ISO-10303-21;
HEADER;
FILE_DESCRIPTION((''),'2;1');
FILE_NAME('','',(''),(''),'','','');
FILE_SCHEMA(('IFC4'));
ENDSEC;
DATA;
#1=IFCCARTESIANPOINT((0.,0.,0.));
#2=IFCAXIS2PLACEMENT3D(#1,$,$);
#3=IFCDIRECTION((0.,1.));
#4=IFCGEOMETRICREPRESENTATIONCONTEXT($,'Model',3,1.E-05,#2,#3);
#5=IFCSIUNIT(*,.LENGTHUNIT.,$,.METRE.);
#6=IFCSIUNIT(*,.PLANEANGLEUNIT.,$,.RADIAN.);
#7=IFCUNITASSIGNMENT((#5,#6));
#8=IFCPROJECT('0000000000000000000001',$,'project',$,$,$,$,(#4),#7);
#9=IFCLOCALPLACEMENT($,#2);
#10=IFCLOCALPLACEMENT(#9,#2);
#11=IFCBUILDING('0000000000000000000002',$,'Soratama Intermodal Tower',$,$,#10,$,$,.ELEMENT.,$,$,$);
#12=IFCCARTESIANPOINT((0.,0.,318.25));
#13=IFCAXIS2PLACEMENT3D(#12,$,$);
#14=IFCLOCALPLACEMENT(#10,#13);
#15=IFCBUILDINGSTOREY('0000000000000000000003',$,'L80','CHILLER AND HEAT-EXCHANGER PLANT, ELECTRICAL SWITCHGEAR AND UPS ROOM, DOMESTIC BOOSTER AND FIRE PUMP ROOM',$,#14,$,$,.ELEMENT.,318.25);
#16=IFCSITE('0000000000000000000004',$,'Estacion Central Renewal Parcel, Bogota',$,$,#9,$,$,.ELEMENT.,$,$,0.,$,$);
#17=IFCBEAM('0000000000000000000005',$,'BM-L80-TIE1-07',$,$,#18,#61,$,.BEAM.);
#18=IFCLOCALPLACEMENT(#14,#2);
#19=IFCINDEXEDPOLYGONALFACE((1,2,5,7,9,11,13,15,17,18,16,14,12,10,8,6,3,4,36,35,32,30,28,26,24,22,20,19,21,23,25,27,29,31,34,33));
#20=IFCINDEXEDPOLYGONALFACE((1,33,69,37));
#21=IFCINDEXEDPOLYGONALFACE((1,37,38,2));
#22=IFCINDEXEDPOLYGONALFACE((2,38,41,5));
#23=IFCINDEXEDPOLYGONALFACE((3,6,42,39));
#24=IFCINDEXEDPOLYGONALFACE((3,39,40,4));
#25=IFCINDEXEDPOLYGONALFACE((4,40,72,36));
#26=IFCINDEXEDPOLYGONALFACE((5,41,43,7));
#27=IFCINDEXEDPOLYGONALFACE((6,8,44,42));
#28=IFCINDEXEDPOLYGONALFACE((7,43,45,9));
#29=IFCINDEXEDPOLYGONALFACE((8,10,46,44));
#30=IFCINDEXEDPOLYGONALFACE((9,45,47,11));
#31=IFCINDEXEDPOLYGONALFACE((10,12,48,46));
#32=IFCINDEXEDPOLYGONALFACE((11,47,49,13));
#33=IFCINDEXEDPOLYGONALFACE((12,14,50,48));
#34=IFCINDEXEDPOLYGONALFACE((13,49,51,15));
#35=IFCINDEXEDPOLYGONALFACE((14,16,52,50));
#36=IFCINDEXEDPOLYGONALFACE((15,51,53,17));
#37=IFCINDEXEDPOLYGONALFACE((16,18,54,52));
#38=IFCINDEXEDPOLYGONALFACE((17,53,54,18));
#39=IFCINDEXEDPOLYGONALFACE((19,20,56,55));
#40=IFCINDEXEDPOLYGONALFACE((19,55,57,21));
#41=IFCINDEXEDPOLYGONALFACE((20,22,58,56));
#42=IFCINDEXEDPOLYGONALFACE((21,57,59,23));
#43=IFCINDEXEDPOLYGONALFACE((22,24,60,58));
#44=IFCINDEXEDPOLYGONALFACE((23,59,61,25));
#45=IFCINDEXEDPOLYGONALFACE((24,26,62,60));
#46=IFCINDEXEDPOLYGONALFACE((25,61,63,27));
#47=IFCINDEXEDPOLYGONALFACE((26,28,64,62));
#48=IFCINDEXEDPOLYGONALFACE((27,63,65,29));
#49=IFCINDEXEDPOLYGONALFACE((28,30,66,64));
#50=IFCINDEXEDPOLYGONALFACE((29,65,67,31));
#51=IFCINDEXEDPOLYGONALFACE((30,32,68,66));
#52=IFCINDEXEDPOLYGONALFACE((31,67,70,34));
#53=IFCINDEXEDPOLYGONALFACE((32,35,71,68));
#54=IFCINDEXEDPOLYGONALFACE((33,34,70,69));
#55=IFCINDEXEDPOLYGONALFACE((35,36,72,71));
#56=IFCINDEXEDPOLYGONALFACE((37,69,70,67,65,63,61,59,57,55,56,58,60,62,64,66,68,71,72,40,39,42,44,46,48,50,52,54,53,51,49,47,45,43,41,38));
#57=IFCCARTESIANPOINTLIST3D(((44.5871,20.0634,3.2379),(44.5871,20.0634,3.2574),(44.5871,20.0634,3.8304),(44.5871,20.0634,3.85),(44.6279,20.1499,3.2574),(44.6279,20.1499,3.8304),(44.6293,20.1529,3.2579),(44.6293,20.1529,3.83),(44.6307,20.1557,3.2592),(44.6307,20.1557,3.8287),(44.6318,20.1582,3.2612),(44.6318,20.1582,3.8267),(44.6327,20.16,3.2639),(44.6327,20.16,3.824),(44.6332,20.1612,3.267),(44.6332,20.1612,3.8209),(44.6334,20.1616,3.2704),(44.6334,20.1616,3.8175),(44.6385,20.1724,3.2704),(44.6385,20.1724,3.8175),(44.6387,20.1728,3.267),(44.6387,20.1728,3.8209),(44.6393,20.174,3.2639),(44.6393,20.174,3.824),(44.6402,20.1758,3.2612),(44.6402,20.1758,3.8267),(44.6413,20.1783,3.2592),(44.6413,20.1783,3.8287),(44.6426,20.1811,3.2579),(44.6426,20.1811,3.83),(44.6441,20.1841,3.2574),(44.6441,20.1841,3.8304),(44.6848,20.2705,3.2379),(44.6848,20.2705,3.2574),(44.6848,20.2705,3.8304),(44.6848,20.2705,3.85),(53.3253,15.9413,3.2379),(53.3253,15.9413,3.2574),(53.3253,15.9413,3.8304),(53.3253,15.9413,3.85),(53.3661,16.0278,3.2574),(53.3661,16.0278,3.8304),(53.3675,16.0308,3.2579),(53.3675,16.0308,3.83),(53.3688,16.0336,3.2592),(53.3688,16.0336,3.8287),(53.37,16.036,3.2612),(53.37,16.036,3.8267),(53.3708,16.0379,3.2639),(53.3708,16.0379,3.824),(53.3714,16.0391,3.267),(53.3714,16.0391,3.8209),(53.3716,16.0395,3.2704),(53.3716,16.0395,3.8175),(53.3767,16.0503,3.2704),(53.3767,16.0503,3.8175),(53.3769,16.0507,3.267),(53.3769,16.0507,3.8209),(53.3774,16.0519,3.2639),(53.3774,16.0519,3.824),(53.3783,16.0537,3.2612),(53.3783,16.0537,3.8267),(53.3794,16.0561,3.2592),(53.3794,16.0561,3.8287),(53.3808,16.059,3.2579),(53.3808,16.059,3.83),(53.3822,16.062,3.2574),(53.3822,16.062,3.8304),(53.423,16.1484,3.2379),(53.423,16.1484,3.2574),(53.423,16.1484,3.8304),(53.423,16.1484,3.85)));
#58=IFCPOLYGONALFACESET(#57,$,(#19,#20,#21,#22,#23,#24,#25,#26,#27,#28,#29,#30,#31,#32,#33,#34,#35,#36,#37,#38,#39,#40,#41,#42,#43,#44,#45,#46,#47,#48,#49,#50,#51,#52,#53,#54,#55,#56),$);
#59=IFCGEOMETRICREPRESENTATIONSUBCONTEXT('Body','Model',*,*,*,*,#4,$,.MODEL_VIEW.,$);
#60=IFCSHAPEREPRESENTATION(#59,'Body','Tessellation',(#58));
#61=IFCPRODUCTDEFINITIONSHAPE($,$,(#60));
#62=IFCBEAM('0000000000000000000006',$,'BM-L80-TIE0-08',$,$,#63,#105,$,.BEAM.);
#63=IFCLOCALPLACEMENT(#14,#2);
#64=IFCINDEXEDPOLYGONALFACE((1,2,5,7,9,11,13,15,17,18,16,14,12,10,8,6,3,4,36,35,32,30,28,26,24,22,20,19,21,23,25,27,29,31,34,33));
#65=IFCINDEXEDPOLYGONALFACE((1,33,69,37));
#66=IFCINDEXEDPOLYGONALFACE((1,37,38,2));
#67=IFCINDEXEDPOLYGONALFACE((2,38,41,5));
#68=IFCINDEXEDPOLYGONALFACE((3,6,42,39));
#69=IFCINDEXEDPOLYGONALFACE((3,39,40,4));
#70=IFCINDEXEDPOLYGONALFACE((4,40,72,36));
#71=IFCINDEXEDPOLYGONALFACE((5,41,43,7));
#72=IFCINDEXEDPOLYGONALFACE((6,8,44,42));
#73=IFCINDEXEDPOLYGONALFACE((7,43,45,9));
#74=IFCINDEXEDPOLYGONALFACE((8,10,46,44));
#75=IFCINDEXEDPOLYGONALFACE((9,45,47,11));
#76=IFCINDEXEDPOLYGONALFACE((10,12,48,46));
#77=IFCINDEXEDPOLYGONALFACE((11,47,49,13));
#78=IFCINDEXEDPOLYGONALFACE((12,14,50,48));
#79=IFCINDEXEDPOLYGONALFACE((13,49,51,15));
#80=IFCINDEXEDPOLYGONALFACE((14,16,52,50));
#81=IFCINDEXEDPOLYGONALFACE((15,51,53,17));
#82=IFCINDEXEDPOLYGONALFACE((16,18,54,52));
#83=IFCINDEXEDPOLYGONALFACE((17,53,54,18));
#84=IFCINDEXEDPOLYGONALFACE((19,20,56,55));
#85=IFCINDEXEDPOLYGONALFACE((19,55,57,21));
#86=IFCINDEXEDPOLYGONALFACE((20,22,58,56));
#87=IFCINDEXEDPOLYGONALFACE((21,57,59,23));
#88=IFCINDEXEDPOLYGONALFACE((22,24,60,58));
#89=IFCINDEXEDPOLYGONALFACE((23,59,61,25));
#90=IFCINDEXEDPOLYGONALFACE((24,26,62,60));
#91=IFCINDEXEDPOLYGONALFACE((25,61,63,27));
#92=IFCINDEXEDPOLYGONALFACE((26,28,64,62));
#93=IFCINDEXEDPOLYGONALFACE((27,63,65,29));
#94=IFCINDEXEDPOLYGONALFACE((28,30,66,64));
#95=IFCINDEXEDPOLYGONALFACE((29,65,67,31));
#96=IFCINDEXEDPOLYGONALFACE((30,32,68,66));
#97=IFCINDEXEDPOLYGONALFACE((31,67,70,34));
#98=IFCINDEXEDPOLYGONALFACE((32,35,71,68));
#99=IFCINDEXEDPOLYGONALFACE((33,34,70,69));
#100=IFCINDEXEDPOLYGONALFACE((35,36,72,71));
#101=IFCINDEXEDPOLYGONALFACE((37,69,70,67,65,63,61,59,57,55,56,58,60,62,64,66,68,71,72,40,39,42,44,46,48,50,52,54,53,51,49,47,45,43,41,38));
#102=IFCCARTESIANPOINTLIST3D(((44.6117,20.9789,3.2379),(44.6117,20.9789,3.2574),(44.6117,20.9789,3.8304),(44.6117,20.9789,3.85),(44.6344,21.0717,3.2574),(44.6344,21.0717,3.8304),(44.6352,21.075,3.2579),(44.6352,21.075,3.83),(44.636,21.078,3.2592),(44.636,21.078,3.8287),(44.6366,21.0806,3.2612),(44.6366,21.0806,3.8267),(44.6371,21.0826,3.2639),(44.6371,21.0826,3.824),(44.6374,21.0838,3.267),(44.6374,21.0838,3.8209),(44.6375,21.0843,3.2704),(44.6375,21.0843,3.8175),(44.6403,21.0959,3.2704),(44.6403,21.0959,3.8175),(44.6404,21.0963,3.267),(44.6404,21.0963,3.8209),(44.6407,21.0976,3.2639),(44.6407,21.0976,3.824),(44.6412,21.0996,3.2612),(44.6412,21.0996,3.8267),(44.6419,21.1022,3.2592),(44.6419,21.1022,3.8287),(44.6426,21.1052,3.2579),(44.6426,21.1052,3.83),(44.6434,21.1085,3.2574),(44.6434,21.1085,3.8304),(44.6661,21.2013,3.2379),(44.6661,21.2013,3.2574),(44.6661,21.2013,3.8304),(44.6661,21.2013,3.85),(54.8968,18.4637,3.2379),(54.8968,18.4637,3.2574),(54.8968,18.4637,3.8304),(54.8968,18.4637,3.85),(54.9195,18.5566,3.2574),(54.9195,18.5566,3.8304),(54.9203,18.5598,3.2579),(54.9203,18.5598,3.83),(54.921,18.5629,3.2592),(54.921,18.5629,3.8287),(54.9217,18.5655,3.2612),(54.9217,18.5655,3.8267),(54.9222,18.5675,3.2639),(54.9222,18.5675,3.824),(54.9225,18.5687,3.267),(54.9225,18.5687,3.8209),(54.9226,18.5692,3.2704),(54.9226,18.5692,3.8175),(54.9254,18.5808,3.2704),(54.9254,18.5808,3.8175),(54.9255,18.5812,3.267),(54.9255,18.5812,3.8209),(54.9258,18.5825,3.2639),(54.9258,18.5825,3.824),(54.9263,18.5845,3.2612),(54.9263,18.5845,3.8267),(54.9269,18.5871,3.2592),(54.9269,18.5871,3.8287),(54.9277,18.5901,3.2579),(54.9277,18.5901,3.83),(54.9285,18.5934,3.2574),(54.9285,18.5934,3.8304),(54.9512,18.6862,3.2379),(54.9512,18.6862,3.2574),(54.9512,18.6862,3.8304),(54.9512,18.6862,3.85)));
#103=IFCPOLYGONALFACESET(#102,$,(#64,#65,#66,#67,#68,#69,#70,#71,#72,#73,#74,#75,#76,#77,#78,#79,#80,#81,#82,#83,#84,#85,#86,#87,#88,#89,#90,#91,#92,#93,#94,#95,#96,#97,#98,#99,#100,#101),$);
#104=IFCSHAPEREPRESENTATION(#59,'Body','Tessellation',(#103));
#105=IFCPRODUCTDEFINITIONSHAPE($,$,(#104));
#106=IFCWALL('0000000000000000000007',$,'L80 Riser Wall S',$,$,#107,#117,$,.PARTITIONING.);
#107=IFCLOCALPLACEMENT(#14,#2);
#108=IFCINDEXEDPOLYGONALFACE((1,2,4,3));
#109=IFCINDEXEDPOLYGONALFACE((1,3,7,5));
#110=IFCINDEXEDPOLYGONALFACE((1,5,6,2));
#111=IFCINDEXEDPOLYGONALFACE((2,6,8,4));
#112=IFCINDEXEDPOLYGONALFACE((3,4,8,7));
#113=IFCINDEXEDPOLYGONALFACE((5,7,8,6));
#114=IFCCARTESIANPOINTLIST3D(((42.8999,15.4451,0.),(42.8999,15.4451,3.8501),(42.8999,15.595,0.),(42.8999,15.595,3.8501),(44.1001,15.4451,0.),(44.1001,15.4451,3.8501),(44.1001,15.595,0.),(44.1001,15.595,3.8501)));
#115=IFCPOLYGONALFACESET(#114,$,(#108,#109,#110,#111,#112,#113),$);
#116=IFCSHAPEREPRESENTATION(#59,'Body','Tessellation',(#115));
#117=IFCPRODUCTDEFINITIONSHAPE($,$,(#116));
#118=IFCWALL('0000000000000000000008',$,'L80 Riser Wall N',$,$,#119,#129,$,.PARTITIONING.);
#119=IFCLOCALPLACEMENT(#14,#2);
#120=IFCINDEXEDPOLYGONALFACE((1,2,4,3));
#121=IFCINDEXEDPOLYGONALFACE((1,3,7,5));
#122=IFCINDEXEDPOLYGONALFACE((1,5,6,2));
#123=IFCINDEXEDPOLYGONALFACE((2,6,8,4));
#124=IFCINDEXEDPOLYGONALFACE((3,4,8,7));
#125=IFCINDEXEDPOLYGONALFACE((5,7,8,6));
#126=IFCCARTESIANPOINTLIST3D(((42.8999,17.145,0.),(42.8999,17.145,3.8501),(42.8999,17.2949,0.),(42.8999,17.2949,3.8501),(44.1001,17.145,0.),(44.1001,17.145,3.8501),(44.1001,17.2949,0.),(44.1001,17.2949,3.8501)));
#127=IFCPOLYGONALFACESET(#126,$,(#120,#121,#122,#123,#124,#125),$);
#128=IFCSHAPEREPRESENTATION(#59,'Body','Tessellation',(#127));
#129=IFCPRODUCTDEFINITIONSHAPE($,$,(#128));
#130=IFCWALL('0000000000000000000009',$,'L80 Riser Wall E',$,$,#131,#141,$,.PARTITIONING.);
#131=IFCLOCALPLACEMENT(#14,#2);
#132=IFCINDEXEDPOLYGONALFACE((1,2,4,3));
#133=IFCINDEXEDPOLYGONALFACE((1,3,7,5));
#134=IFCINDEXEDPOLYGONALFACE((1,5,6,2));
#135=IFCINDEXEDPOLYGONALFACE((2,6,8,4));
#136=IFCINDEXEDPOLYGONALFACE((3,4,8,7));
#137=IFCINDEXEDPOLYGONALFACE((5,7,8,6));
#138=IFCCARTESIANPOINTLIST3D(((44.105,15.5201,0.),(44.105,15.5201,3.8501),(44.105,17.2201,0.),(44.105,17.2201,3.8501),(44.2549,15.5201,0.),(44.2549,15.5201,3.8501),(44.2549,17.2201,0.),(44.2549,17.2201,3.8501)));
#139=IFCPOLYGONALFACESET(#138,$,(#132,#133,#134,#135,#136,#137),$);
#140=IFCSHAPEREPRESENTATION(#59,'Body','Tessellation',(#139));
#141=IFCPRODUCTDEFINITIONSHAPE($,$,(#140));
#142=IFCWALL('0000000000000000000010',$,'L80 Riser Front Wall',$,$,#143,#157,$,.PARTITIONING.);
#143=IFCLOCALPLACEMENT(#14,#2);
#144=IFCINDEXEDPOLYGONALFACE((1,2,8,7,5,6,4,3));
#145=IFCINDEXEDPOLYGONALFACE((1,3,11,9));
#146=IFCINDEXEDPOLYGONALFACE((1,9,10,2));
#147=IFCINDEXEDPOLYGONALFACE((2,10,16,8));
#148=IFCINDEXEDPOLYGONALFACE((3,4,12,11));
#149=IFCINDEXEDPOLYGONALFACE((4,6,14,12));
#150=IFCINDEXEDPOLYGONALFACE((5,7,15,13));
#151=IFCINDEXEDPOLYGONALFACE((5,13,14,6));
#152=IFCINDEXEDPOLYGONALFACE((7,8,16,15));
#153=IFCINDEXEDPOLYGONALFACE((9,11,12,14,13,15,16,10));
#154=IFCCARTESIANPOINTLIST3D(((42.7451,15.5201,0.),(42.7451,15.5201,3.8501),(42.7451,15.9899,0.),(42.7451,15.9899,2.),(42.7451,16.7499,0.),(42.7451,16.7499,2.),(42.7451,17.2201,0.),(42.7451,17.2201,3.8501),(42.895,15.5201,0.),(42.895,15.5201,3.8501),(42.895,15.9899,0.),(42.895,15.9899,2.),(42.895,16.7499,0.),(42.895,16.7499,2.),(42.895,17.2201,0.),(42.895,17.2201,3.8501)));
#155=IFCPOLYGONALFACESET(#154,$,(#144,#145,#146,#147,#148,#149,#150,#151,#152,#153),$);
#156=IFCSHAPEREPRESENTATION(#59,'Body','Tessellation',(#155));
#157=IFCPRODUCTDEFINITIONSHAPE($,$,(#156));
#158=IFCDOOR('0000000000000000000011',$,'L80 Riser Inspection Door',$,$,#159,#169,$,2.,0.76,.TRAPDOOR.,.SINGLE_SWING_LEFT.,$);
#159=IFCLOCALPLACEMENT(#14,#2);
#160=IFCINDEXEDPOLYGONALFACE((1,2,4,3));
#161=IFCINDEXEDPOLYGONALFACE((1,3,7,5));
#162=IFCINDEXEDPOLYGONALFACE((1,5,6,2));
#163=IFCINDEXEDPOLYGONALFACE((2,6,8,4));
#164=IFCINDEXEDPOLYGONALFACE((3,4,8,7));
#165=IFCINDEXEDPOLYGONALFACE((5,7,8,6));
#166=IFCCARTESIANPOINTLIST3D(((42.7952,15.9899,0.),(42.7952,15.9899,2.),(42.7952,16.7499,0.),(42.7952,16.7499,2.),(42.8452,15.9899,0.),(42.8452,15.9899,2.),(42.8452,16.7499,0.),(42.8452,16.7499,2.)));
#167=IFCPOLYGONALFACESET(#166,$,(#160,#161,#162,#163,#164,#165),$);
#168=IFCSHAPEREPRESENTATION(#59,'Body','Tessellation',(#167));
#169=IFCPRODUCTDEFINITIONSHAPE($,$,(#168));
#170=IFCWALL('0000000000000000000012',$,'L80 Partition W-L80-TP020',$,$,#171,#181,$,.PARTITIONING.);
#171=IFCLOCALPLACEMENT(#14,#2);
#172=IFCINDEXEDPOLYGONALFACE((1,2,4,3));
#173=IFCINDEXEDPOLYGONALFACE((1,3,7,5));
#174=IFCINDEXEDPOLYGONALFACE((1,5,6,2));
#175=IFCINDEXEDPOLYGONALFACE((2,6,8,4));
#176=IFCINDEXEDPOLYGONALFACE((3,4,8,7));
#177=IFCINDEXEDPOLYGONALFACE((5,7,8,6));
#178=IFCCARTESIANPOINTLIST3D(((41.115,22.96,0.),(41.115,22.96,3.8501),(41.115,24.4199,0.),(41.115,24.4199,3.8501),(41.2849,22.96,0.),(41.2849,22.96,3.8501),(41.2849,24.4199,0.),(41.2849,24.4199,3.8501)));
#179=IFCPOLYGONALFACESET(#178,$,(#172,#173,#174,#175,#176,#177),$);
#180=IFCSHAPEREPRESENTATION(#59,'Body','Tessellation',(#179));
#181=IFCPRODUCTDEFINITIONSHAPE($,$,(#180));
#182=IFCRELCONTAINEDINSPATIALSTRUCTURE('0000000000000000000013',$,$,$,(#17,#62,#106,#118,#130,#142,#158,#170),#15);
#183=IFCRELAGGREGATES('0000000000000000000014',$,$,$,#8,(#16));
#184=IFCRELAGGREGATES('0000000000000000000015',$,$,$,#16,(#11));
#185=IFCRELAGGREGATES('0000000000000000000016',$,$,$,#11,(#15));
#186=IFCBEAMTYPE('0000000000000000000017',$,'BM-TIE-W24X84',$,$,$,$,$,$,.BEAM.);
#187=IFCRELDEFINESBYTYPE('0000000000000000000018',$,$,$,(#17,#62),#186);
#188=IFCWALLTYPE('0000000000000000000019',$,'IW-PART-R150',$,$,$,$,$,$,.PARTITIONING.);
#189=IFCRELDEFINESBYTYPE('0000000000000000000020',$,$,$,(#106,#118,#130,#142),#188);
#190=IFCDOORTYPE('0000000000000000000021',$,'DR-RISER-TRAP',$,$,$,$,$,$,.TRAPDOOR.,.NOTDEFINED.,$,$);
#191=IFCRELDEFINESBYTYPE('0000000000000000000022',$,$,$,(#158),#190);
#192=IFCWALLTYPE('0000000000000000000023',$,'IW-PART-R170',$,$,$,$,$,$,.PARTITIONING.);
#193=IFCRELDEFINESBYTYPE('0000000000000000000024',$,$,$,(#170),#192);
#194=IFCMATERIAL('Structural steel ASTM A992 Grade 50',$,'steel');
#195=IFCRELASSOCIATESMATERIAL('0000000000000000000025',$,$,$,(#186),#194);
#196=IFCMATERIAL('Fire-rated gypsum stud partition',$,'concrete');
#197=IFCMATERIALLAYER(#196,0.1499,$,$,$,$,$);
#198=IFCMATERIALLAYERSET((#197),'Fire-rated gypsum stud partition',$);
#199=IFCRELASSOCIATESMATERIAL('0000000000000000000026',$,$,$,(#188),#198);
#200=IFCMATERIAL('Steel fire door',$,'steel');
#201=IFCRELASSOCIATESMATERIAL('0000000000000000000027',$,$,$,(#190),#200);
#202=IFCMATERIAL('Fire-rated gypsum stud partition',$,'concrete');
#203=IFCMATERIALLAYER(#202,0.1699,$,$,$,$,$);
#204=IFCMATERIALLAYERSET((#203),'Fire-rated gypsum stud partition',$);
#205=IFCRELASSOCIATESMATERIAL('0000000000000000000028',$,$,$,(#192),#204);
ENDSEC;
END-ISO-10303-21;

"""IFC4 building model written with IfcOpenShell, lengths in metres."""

from ifc_helpers import new_model, si_unit, direction, frame, frame_2d, origin, origin_2d, place, context, subcontext, project, spatial, rectangle, i_section, extrude, material, layer, layer_set, material_profile, profile_set, type_object, element, fill, save


model = new_model("IFC4")

# Units and contexts
model_context = context("Model", 3, precision=1e-05, world=origin(), true_north=direction((0.0, 1.0)))
body_context = subcontext(model_context, "Body", "Model", "MODEL_VIEW")
ifc_project = project(units=[si_unit("LENGTHUNIT", "METRE"), si_unit("PLANEANGLEUNIT", "RADIAN")], contexts=[model_context])

# Site, building, storey
site_placement = place(None, origin())
site = spatial("IfcSite", under=ifc_project, at=site_placement, Name="Estacion Central Renewal Parcel, Bogota", CompositionType="ELEMENT", RefElevation=0.0)
building_placement = place(site_placement, origin())
building = spatial("IfcBuilding", under=site, at=building_placement, Name="Soratama Intermodal Tower", CompositionType="ELEMENT")
storey_placement = place(building_placement, frame((0.0, 0.0, 318.25)))
storey = spatial("IfcBuildingStorey", under=building, at=storey_placement, Name="L80", Description="CHILLER AND HEAT-EXCHANGER PLANT, ELECTRICAL SWITCHGEAR AND UPS ROOM, DOMESTIC BOOSTER AND FIRE PUMP ROOM", CompositionType="ELEMENT", Elevation=318.25)

# Beams
ifc_material_1 = material(Name="Structural steel ASTM A992 Grade 50", Category="steel")
ifc_material_profile_1 = material_profile(ifc_material_1, i_section(OverallWidth=0.229, OverallDepth=0.6121, WebThickness=0.012, FlangeThickness=0.0195, FilletRadius=0.0129, at=origin_2d()), Name="W24X84")
ifc_profile_set_1 = profile_set([ifc_material_profile_1], Name="Structural steel ASTM A992 Grade 50")
beam_type_1 = type_object("IfcBeamType", Name="BM-TIE-W24X84", PredefinedType="BEAM", material=ifc_profile_set_1)
beam_1_placement = place(storey_placement, frame((44.636, 20.167, 3.5439), z_axis=(0.904417, -0.426649, 0.0), x_axis=(0.426649, 0.904417, 0.0)))
element("IfcBeam", 1, at=beam_1_placement, inside=storey, type_object=beam_type_1, Name="BM-L80-TIE1-07", PredefinedType="BEAM", context=body_context, shape_type="SweptSolid", body=[
    extrude(i_section(OverallWidth=0.229, OverallDepth=0.6121, WebThickness=0.012, FlangeThickness=0.0195, FilletRadius=0.0129, at=origin_2d()), origin(), (0.0, 0.0, 1.0), 9.6616),
])
beam_2_placement = place(storey_placement, frame((44.6389, 21.0901, 3.5439), z_axis=(0.971377, -0.237541, 0.0), x_axis=(0.237541, 0.971377, 0.0)))
element("IfcBeam", 2, at=beam_2_placement, inside=storey, type_object=beam_type_1, Name="BM-L80-TIE0-08", PredefinedType="BEAM", context=body_context, shape_type="SweptSolid", body=[
    extrude(i_section(OverallWidth=0.229, OverallDepth=0.6121, WebThickness=0.012, FlangeThickness=0.0195, FilletRadius=0.0129, at=origin_2d()), origin(), (0.0, 0.0, 1.0), 10.5881),
])

# Walls
ifc_material_2 = material(Name="Fire-rated gypsum stud partition", Category="concrete")
ifc_layer_1 = layer(ifc_material_2, 0.1499)
ifc_layer_set_1 = layer_set([ifc_layer_1], Name="Fire-rated gypsum stud partition")
wall_type_1 = type_object("IfcWallType", Name="IW-PART-R150", PredefinedType="PARTITIONING", material=ifc_layer_set_1)
for number, where, z_axis, x_axis, name in (
    (3, (42.8999, 15.52, 0.0), (0.0, 0.0, 1.0), (1.0, 0.0, 0.0), "L80 Riser Wall S"),
    (4, (42.8999, 17.22, 0.0), (0.0, 0.0, 1.0), (1.0, 0.0, 0.0), "L80 Riser Wall N"),
):
    element("IfcWall", number, at=place(storey_placement, frame(where, z_axis=z_axis, x_axis=x_axis)), inside=storey, type_object=wall_type_1, Name=name, PredefinedType="PARTITIONING", context=body_context, shape_type="SweptSolid", body=[
        extrude(rectangle(XDim=1.2002, YDim=0.1499, at=frame_2d((0.6001, 0.0))), origin(), (0.0, 0.0, 1.0), 3.8501),
    ])
wall_1_placement = place(storey_placement, frame((44.1799, 15.52, 0.0), z_axis=(0.0, 0.0, 1.0), x_axis=(0.0, 1.0, 0.0)))
element("IfcWall", 5, at=wall_1_placement, inside=storey, type_object=wall_type_1, Name="L80 Riser Wall E", PredefinedType="PARTITIONING", context=body_context, shape_type="SweptSolid", body=[
    extrude(rectangle(XDim=1.7, YDim=0.1499, at=frame_2d((0.8501, 0.0))), origin(), (0.0, 0.0, 1.0), 3.8501),
])

# Wall, opening, door
wall_2_placement = place(storey_placement, frame((42.8201, 15.52, 0.0), z_axis=(0.0, 0.0, 1.0), x_axis=(0.0, 1.0, 0.0)))
wall_2 = element("IfcWall", 6, at=wall_2_placement, inside=storey, type_object=wall_type_1, Name="L80 Riser Front Wall", PredefinedType="PARTITIONING", context=body_context, shape_type="SweptSolid", body=[
    extrude(rectangle(XDim=1.7, YDim=0.1499, at=frame_2d((0.8501, 0.0))), origin(), (0.0, 0.0, 1.0), 3.8501),
])
opening_1_placement = place(wall_2_placement, frame((0.47, 0.0, 0.0)))
opening_1 = element("IfcOpeningElement", 7, at=opening_1_placement, cuts=wall_2, PredefinedType="OPENING", context=body_context, shape_type="SweptSolid", body=[
    extrude(rectangle(XDim=0.76, YDim=2.0, at=frame_2d((0.3799, 1.0))), frame((0.0, 0.085, 0.0), z_axis=(0.0, -1.0, 0.0), x_axis=(1.0, 0.0, 0.0)), (0.0, 0.0, 1.0), 0.1699),
])
ifc_material_3 = material(Name="Steel fire door", Category="steel")
door_type_1 = type_object("IfcDoorType", Name="DR-RISER-TRAP", OperationType="NOTDEFINED", PredefinedType="TRAPDOOR", material=ifc_material_3)
door_1_placement = place(opening_1_placement, origin())
door_1 = element("IfcDoor", 8, at=door_1_placement, inside=storey, type_object=door_type_1, Name="L80 Riser Inspection Door", OperationType="SINGLE_SWING_LEFT", OverallHeight=2.0, OverallWidth=0.76, PredefinedType="TRAPDOOR", context=body_context, shape_type="SweptSolid", body=[
    extrude(rectangle(XDim=0.76, YDim=2.0, at=frame_2d((0.3799, 1.0))), frame((0.0, 0.0249, 0.0), z_axis=(0.0, -1.0, 0.0), x_axis=(1.0, 0.0, 0.0)), (0.0, 0.0, 1.0), 0.05),
])
fill(opening_1, door_1)
ifc_material_4 = material(Name="Fire-rated gypsum stud partition", Category="concrete")
ifc_layer_2 = layer(ifc_material_4, 0.1699)
ifc_layer_set_2 = layer_set([ifc_layer_2], Name="Fire-rated gypsum stud partition")
wall_type_2 = type_object("IfcWallType", Name="IW-PART-R170", PredefinedType="PARTITIONING", material=ifc_layer_set_2)

# Wall
wall_3_placement = place(storey_placement, frame((41.2, 22.96, 0.0), z_axis=(0.0, 0.0, 1.0), x_axis=(0.0, 1.0, 0.0)))
element("IfcWall", 9, at=wall_3_placement, inside=storey, type_object=wall_type_2, Name="L80 Partition W-L80-TP020", PredefinedType="PARTITIONING", context=body_context, shape_type="SweptSolid", body=[
    extrude(rectangle(XDim=1.46, YDim=0.1699, at=frame_2d((0.73, 0.0))), origin(), (0.0, 0.0, 1.0), 3.8501),
])

save(model, "model.ifc")
